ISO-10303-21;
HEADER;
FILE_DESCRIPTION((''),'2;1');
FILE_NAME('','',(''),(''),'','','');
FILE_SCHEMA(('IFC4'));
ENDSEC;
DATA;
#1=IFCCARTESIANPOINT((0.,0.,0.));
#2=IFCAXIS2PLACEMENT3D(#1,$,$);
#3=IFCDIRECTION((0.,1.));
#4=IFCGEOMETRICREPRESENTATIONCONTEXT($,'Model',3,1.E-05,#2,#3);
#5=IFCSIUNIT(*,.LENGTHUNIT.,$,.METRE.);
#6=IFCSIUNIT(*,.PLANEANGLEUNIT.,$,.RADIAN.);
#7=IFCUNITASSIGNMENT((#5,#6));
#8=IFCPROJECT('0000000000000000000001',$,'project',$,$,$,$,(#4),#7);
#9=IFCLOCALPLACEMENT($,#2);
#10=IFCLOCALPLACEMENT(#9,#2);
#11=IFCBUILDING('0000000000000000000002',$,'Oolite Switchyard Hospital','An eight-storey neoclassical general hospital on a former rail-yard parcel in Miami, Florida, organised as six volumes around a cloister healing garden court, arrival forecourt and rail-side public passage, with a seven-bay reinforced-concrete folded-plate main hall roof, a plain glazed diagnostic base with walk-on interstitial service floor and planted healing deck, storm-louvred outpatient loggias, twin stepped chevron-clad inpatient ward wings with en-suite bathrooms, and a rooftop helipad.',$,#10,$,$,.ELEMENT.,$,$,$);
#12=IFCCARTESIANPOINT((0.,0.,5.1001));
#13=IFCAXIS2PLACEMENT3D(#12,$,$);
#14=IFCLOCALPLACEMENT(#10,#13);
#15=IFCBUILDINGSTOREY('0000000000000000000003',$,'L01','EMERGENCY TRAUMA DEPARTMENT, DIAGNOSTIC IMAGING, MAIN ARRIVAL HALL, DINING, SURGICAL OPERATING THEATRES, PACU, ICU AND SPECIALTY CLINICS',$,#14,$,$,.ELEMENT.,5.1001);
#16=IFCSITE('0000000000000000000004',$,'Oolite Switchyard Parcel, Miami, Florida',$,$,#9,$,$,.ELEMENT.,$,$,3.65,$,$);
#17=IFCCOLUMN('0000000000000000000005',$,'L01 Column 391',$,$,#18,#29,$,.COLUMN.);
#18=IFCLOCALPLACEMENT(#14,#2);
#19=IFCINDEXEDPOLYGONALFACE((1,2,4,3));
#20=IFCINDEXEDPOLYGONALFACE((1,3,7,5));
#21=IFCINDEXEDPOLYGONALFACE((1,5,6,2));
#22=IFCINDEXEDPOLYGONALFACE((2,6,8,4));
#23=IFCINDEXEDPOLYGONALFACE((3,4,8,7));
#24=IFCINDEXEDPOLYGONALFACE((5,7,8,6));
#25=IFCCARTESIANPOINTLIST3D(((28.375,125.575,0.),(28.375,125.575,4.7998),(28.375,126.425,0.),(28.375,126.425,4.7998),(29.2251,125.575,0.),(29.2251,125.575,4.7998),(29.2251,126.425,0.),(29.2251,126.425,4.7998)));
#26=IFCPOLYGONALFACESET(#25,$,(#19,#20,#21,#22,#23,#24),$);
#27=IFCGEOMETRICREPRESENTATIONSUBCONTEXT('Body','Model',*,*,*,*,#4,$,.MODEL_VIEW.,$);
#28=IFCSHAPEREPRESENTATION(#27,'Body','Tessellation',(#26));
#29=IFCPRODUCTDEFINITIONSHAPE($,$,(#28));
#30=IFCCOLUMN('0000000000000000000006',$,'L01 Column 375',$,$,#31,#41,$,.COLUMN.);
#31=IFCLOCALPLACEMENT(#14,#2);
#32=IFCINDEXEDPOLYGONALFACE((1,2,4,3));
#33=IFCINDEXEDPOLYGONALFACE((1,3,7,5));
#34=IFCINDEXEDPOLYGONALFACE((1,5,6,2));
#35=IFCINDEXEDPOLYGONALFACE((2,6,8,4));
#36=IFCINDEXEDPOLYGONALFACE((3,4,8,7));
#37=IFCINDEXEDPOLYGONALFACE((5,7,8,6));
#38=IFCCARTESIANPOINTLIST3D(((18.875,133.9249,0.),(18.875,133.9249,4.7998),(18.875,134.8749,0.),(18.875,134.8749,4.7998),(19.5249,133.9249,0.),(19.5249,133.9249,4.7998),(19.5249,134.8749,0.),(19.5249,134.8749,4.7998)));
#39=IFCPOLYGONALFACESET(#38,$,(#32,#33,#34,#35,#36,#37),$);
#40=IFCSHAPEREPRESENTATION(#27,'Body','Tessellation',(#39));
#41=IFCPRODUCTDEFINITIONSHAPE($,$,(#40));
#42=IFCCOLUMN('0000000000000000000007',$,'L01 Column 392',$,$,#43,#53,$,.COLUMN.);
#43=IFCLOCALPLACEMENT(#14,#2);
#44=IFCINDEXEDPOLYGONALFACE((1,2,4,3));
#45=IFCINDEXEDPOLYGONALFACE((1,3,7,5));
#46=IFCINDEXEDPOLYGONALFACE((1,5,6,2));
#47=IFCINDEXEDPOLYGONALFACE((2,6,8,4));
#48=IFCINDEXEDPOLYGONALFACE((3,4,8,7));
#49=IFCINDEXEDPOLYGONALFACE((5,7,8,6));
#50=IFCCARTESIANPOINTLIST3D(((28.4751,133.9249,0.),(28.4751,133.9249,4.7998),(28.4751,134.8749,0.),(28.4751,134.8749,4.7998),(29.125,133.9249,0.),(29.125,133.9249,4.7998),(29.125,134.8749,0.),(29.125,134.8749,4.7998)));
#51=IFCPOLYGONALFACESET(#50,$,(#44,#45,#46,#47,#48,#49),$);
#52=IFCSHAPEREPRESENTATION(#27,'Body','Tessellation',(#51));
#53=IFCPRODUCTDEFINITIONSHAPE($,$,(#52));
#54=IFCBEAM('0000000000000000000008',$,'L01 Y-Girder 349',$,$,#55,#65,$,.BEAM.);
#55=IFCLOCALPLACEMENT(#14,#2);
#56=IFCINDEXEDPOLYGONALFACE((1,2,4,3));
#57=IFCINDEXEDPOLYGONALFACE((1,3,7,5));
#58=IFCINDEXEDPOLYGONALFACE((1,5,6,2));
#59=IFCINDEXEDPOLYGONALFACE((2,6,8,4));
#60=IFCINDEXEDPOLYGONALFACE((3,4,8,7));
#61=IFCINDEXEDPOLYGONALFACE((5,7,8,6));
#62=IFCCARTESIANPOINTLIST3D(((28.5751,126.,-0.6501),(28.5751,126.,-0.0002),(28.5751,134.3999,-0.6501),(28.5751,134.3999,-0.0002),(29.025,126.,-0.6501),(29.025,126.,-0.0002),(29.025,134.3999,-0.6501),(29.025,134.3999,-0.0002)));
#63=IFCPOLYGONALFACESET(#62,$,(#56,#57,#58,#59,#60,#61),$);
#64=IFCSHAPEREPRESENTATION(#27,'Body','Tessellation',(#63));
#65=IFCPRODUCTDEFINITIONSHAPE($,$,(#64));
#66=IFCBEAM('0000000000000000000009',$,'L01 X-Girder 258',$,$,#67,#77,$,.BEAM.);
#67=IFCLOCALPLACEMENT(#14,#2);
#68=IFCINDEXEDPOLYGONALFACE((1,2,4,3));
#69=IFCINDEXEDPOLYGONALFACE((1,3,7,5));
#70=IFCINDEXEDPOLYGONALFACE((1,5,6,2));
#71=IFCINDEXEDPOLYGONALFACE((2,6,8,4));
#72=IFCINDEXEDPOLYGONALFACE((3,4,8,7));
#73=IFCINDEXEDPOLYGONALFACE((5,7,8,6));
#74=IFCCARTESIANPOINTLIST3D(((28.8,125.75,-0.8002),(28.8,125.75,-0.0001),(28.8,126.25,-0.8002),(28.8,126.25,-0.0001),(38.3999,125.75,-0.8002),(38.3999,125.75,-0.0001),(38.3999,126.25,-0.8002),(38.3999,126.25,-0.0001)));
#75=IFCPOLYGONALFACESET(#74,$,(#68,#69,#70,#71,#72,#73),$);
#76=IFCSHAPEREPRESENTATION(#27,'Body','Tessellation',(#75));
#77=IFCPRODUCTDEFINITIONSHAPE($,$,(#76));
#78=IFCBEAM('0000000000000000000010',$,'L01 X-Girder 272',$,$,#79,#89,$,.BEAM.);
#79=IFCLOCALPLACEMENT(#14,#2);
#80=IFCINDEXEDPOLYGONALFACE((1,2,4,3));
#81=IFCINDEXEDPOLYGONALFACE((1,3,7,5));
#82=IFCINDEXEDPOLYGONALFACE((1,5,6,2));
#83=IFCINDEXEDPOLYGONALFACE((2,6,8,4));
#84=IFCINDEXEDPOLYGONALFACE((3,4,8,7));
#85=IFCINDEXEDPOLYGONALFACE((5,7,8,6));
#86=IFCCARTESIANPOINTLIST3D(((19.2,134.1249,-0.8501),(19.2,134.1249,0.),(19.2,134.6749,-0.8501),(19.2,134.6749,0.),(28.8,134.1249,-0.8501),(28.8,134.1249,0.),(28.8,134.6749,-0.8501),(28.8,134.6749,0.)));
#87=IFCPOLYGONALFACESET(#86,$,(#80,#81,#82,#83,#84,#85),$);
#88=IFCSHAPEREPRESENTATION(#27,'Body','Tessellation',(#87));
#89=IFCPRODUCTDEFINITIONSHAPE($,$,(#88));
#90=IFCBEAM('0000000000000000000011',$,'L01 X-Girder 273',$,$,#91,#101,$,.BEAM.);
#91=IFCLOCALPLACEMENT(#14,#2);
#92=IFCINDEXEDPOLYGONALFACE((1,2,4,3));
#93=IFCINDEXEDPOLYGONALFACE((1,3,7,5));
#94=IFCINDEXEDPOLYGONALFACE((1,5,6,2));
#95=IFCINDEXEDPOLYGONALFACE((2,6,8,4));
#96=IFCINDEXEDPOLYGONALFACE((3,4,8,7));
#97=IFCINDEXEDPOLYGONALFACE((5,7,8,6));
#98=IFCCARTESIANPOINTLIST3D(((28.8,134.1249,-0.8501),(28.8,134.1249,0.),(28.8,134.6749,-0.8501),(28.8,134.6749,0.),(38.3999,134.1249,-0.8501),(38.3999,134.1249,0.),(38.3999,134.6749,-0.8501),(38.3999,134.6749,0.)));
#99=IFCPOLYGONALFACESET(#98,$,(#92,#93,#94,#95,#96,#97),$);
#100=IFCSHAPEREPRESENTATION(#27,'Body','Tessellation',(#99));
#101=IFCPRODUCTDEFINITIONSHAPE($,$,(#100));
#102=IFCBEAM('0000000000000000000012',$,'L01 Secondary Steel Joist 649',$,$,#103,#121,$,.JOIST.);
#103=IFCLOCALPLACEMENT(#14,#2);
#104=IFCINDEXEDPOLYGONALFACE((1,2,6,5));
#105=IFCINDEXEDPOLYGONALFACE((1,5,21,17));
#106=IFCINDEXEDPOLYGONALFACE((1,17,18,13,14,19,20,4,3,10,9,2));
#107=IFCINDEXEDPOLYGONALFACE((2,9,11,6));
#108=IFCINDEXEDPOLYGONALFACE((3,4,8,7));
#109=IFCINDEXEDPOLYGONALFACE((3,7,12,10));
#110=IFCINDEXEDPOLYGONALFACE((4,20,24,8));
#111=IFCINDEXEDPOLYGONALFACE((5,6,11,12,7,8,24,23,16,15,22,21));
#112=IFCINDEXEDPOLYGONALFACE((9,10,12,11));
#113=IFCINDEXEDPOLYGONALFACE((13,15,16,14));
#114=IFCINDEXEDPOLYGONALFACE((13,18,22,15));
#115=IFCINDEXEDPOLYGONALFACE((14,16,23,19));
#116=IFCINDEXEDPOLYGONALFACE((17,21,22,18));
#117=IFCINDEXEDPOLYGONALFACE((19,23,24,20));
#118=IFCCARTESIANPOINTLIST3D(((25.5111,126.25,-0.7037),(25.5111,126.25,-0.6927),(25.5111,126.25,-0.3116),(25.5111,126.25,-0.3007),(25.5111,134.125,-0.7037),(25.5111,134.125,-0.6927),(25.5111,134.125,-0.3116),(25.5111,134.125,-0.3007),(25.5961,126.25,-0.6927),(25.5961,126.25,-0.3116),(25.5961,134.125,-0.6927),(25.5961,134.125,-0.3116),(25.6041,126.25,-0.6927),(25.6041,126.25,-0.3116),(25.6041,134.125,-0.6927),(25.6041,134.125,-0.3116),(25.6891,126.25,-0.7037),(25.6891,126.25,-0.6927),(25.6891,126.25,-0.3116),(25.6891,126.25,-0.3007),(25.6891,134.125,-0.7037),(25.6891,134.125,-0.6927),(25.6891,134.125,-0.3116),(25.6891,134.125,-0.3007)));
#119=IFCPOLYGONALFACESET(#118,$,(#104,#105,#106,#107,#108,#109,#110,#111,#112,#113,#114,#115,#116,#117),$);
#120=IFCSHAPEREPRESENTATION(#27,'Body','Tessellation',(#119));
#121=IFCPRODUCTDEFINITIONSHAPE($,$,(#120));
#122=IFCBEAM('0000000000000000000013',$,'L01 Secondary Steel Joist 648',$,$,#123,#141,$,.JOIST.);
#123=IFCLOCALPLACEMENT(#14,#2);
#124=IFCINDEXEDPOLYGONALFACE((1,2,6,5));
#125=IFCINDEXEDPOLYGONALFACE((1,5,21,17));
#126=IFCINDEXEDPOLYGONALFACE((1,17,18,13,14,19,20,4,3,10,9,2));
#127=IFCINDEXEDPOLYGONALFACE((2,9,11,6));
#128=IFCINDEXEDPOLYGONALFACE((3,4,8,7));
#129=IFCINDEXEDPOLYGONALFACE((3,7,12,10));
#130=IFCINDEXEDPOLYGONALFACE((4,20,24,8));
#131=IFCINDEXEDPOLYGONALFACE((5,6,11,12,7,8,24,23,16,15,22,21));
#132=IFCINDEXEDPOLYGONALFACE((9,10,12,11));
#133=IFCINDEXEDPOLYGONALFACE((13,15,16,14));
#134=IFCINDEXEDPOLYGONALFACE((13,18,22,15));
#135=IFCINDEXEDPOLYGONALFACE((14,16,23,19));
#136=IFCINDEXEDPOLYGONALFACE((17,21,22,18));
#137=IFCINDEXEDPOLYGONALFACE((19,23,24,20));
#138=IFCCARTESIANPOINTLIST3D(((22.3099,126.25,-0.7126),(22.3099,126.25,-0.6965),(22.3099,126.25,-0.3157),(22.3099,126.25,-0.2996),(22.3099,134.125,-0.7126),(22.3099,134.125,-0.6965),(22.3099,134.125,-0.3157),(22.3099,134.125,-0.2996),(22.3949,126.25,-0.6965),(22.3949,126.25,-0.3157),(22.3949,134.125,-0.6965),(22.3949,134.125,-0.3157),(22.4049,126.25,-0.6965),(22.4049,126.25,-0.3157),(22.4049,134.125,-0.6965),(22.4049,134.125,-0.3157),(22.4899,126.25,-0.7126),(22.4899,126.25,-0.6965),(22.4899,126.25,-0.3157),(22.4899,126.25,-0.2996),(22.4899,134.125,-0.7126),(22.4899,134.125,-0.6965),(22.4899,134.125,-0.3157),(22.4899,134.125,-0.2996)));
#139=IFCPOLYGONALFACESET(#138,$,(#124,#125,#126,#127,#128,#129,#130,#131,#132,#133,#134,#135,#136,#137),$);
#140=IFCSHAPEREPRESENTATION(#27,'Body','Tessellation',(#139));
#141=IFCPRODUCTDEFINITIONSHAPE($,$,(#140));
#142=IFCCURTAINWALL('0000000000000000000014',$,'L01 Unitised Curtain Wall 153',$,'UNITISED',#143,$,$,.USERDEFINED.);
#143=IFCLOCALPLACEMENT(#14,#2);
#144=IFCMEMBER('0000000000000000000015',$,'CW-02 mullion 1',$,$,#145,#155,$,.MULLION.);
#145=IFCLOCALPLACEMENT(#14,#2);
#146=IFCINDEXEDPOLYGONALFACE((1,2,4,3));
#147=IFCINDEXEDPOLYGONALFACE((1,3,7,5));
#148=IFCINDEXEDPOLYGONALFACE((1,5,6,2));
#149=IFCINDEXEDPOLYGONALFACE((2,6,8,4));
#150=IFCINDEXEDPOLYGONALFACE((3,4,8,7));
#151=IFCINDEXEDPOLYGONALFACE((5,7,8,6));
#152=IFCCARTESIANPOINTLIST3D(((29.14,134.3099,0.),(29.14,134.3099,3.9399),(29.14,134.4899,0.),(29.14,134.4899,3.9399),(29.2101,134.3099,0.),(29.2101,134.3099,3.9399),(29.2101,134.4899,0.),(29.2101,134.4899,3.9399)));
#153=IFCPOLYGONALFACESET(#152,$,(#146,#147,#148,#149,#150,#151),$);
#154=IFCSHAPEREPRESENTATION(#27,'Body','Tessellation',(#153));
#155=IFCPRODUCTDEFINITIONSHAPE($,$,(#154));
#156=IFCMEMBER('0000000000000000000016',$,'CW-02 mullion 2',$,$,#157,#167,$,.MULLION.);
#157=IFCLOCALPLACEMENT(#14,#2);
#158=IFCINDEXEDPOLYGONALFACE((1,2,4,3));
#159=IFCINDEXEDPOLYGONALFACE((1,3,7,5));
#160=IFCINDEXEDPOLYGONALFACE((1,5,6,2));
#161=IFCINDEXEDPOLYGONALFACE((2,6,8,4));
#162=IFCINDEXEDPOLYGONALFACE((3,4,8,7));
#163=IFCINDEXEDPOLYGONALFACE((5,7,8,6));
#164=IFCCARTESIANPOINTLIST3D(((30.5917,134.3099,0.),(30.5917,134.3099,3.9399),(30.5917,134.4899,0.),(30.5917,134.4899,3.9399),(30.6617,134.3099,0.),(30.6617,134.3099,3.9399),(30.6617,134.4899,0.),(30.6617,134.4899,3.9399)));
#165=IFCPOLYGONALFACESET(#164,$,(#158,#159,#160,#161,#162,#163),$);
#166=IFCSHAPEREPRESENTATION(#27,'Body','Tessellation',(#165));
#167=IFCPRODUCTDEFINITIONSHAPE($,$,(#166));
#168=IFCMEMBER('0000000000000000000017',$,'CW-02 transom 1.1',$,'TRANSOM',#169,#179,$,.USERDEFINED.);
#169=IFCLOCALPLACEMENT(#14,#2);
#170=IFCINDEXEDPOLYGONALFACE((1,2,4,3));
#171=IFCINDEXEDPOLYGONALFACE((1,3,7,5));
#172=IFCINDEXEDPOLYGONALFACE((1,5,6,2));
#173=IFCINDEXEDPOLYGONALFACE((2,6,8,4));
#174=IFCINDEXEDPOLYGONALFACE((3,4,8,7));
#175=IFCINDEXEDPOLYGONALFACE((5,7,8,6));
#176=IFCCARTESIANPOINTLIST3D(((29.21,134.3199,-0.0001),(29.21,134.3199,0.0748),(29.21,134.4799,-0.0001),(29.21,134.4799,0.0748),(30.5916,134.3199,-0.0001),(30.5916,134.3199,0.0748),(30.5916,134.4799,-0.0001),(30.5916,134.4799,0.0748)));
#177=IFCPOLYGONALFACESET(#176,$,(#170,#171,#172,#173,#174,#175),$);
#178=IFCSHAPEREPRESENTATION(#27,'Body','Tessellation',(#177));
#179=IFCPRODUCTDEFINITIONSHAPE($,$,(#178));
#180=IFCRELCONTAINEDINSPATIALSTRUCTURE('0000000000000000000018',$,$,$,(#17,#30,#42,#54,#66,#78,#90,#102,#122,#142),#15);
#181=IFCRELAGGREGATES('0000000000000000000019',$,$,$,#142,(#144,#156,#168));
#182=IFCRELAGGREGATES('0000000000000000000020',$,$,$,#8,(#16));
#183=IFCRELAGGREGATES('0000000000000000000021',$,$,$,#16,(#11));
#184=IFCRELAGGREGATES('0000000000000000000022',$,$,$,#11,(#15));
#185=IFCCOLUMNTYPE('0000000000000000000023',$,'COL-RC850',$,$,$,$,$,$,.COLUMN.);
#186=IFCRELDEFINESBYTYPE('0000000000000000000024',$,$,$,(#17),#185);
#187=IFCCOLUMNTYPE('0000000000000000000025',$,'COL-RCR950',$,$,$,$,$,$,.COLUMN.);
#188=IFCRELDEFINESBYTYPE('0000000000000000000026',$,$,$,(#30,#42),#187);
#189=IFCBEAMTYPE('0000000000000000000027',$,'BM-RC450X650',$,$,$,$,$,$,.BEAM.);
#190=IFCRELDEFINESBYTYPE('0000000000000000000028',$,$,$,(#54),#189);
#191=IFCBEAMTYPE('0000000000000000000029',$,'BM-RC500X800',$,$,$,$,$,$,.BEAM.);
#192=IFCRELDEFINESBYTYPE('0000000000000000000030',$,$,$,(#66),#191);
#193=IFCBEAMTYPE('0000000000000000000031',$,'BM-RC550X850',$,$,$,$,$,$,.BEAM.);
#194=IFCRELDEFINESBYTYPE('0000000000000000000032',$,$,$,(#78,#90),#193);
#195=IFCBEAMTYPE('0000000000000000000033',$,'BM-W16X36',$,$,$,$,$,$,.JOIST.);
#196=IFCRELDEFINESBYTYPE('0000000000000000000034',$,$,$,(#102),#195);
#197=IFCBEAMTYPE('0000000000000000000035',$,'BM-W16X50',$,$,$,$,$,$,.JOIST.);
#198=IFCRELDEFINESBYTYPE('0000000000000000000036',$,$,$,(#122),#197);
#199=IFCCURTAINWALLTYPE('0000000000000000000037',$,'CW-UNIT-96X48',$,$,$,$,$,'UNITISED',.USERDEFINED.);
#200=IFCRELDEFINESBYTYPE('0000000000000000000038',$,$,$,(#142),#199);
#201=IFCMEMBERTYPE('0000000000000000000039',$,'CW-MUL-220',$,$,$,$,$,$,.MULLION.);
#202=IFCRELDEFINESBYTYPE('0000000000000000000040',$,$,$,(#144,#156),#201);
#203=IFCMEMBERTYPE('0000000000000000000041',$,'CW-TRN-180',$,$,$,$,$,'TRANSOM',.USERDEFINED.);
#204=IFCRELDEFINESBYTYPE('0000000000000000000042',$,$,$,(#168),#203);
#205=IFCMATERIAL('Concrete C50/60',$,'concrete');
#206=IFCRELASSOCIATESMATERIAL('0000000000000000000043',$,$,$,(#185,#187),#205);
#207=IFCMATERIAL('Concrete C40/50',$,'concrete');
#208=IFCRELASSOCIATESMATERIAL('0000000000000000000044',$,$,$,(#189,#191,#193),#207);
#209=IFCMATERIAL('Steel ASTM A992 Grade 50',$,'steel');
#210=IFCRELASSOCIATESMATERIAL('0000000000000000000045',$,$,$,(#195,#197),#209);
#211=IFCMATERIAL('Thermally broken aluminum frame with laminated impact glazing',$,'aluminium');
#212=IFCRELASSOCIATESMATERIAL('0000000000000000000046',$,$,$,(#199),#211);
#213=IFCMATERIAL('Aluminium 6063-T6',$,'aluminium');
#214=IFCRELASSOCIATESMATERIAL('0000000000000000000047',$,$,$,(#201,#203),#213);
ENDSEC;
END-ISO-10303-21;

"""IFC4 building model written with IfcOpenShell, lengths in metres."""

from ifc_helpers import new_model, si_unit, direction, frame, origin, origin_2d, place, context, subcontext, project, spatial, rectangle, i_section, extrude, material, material_profile, profile_set, type_object, element, aggregate, save


model = new_model("IFC4")

# Units and contexts
model_context = context("Model", 3, precision=1e-05, world=origin(), true_north=direction((0.0, 1.0)))
body_context = subcontext(model_context, "Body", "Model", "MODEL_VIEW")
ifc_project = project(units=[si_unit("LENGTHUNIT", "METRE"), si_unit("PLANEANGLEUNIT", "RADIAN")], contexts=[model_context])

# Site, building, storey
site_placement = place(None, origin())
site = spatial("IfcSite", under=ifc_project, at=site_placement, Name="Oolite Switchyard Parcel, Miami, Florida", CompositionType="ELEMENT", RefElevation=3.65)
building_placement = place(site_placement, origin())
building = spatial("IfcBuilding", under=site, at=building_placement, Name="Oolite Switchyard Hospital", Description="An eight-storey neoclassical general hospital on a former rail-yard parcel in Miami, Florida, organised as six volumes around a cloister healing garden court, arrival forecourt and rail-side public passage, with a seven-bay reinforced-concrete folded-plate main hall roof, a plain glazed diagnostic base with walk-on interstitial service floor and planted healing deck, storm-louvred outpatient loggias, twin stepped chevron-clad inpatient ward wings with en-suite bathrooms, and a rooftop helipad.", CompositionType="ELEMENT")
storey_placement = place(building_placement, frame((0.0, 0.0, 5.1001)))
storey = spatial("IfcBuildingStorey", under=building, at=storey_placement, Name="L01", Description="EMERGENCY TRAUMA DEPARTMENT, DIAGNOSTIC IMAGING, MAIN ARRIVAL HALL, DINING, SURGICAL OPERATING THEATRES, PACU, ICU AND SPECIALTY CLINICS", CompositionType="ELEMENT", Elevation=5.1001)

# Columns
ifc_material_1 = material(Name="Concrete C50/60", Category="concrete")
ifc_material_profile_1 = material_profile(ifc_material_1, rectangle(XDim=0.8501, YDim=0.8501, at=origin_2d()), Name="RC850X850")
ifc_profile_set_1 = profile_set([ifc_material_profile_1], Name="Concrete C50/60")
column_type_1 = type_object("IfcColumnType", Name="COL-RC850", PredefinedType="COLUMN", material=ifc_profile_set_1)
column_placement = place(storey_placement, frame((28.8, 126.0, 0.0), z_axis=(0.0, 0.0, 1.0), x_axis=(1.0, 0.0, 0.0)))
element("IfcColumn", 1, at=column_placement, inside=storey, type_object=column_type_1, Name="L01 Column 391", PredefinedType="COLUMN", context=body_context, shape_type="SweptSolid", body=[
    extrude(rectangle(XDim=0.8501, YDim=0.8501, at=origin_2d()), origin(), (0.0, 0.0, 1.0), 4.7998),
])
ifc_material_profile_2 = material_profile(ifc_material_1, rectangle(XDim=0.95, YDim=0.6499, at=origin_2d()), Name="RC950X650")
ifc_profile_set_2 = profile_set([ifc_material_profile_2], Name="Concrete C50/60")
column_type_2 = type_object("IfcColumnType", Name="COL-RCR950", PredefinedType="COLUMN", material=ifc_profile_set_2)
for number, where, z_axis, x_axis, name in (
    (2, (19.2, 134.3999, 0.0), (0.0, 0.0, 1.0), (0.0, 1.0, 0.0), "L01 Column 375"),
    (3, (28.8, 134.3999, 0.0), (0.0, 0.0, 1.0), (0.0, 1.0, 0.0), "L01 Column 392"),
):
    element("IfcColumn", number, at=place(storey_placement, frame(where, z_axis=z_axis, x_axis=x_axis)), inside=storey, type_object=column_type_2, Name=name, PredefinedType="COLUMN", context=body_context, shape_type="SweptSolid", body=[
        extrude(rectangle(XDim=0.95, YDim=0.6499, at=origin_2d()), origin(), (0.0, 0.0, 1.0), 4.7998),
    ])

# Beams
ifc_material_2 = material(Name="Concrete C40/50", Category="concrete")
ifc_material_profile_3 = material_profile(ifc_material_2, rectangle(XDim=0.45, YDim=0.6499, at=origin_2d()), Name="RCB450X650")
ifc_profile_set_3 = profile_set([ifc_material_profile_3], Name="Concrete C40/50")
beam_type_1 = type_object("IfcBeamType", Name="BM-RC450X650", PredefinedType="BEAM", material=ifc_profile_set_3)
beam_1_placement = place(storey_placement, frame((28.8, 126.0, -0.3252), z_axis=(0.0, 1.0, 0.0), x_axis=(-1.0, 0.0, 0.0)))
element("IfcBeam", 4, at=beam_1_placement, inside=storey, type_object=beam_type_1, Name="L01 Y-Girder 349", PredefinedType="BEAM", context=body_context, shape_type="SweptSolid", body=[
    extrude(rectangle(XDim=0.45, YDim=0.6499, at=origin_2d()), origin(), (0.0, 0.0, 1.0), 8.3999),
])
ifc_material_profile_4 = material_profile(ifc_material_2, rectangle(XDim=0.5, YDim=0.8, at=origin_2d()), Name="RCB500X800")
ifc_profile_set_4 = profile_set([ifc_material_profile_4], Name="Concrete C40/50")
beam_type_2 = type_object("IfcBeamType", Name="BM-RC500X800", PredefinedType="BEAM", material=ifc_profile_set_4)
beam_2_placement = place(storey_placement, frame((28.8, 126.0, -0.4001), z_axis=(1.0, 0.0, 0.0), x_axis=(0.0, 1.0, 0.0)))
element("IfcBeam", 5, at=beam_2_placement, inside=storey, type_object=beam_type_2, Name="L01 X-Girder 258", PredefinedType="BEAM", context=body_context, shape_type="SweptSolid", body=[
    extrude(rectangle(XDim=0.5, YDim=0.8, at=origin_2d()), origin(), (0.0, 0.0, 1.0), 9.5999),
])
ifc_material_profile_5 = material_profile(ifc_material_2, rectangle(XDim=0.55, YDim=0.8501, at=origin_2d()), Name="RCB550X850")
ifc_profile_set_5 = profile_set([ifc_material_profile_5], Name="Concrete C40/50")
beam_type_3 = type_object("IfcBeamType", Name="BM-RC550X850", PredefinedType="BEAM", material=ifc_profile_set_5)
beam_3_placement = place(storey_placement, frame((19.2, 134.3999, -0.425), z_axis=(1.0, 0.0, 0.0), x_axis=(0.0, 1.0, 0.0)))
element("IfcBeam", 6, at=beam_3_placement, inside=storey, type_object=beam_type_3, Name="L01 X-Girder 272", PredefinedType="BEAM", context=body_context, shape_type="SweptSolid", body=[
    extrude(rectangle(XDim=0.55, YDim=0.8501, at=origin_2d()), origin(), (0.0, 0.0, 1.0), 9.6001),
])
beam_4_placement = place(storey_placement, frame((28.8, 134.3999, -0.425), z_axis=(1.0, 0.0, 0.0), x_axis=(0.0, 1.0, 0.0)))
element("IfcBeam", 7, at=beam_4_placement, inside=storey, type_object=beam_type_3, Name="L01 X-Girder 273", PredefinedType="BEAM", context=body_context, shape_type="SweptSolid", body=[
    extrude(rectangle(XDim=0.55, YDim=0.8501, at=origin_2d()), origin(), (0.0, 0.0, 1.0), 9.5999),
])
ifc_material_3 = material(Name="Steel ASTM A992 Grade 50", Category="steel")
ifc_material_profile_6 = material_profile(ifc_material_3, i_section(OverallWidth=0.178, OverallDepth=0.4031, WebThickness=0.0081, FlangeThickness=0.011, at=origin_2d()), Name="W16X36")
ifc_profile_set_6 = profile_set([ifc_material_profile_6], Name="Steel ASTM A992 Grade 50")
beam_type_4 = type_object("IfcBeamType", Name="BM-W16X36", PredefinedType="JOIST", material=ifc_profile_set_6)
beam_5_placement = place(storey_placement, frame((25.6001, 126.25, -0.5022), z_axis=(0.0, 1.0, 0.0), x_axis=(-1.0, 0.0, 0.0)))
element("IfcBeam", 8, at=beam_5_placement, inside=storey, type_object=beam_type_4, Name="L01 Secondary Steel Joist 649", PredefinedType="JOIST", context=body_context, shape_type="SweptSolid", body=[
    extrude(i_section(OverallWidth=0.178, OverallDepth=0.4031, WebThickness=0.0081, FlangeThickness=0.011, at=origin_2d()), origin(), (0.0, 0.0, 1.0), 7.875),
])
ifc_material_profile_7 = material_profile(ifc_material_3, i_section(OverallWidth=0.1799, OverallDepth=0.4131, WebThickness=0.01, FlangeThickness=0.0161, at=origin_2d()), Name="W16X50")
ifc_profile_set_7 = profile_set([ifc_material_profile_7], Name="Steel ASTM A992 Grade 50")
beam_type_5 = type_object("IfcBeamType", Name="BM-W16X50", PredefinedType="JOIST", material=ifc_profile_set_7)
beam_6_placement = place(storey_placement, frame((22.3999, 126.25, -0.5061), z_axis=(0.0, 1.0, 0.0), x_axis=(-1.0, 0.0, 0.0)))
element("IfcBeam", 9, at=beam_6_placement, inside=storey, type_object=beam_type_5, Name="L01 Secondary Steel Joist 648", PredefinedType="JOIST", context=body_context, shape_type="SweptSolid", body=[
    extrude(i_section(OverallWidth=0.1799, OverallDepth=0.4131, WebThickness=0.01, FlangeThickness=0.0161, at=origin_2d()), origin(), (0.0, 0.0, 1.0), 7.875),
])

# Curtain wall, members
ifc_material_4 = material(Name="Thermally broken aluminum frame with laminated impact glazing", Category="aluminium")
curtain_wall_type = type_object("IfcCurtainWallType", Name="CW-UNIT-96X48", ElementType="UNITISED", PredefinedType="USERDEFINED", material=ifc_material_4)
curtain_wall_placement = place(storey_placement, origin())
curtain_wall = element("IfcCurtainWall", 10, at=curtain_wall_placement, inside=storey, type_object=curtain_wall_type, Name="L01 Unitised Curtain Wall 153", ObjectType="UNITISED", PredefinedType="USERDEFINED")
ifc_material_5 = material(Name="Aluminium 6063-T6", Category="aluminium")
ifc_material_profile_8 = material_profile(ifc_material_5, rectangle(XDim=0.1799, YDim=0.0701, at=origin_2d()), Name="CWM70X180")
ifc_profile_set_8 = profile_set([ifc_material_profile_8], Name="Aluminium 6063-T6")
member_type_1 = type_object("IfcMemberType", Name="CW-MUL-220", PredefinedType="MULLION", material=ifc_profile_set_8)
member_1_placement = place(storey_placement, frame((29.175, 134.3999, 0.0), z_axis=(0.0, 0.0, 1.0), x_axis=(0.0, 1.0, 0.0)))
member_1 = element("IfcMember", 11, at=member_1_placement, type_object=member_type_1, Name="CW-02 mullion 1", PredefinedType="MULLION", context=body_context, shape_type="SweptSolid", body=[
    extrude(rectangle(XDim=0.1799, YDim=0.0701, at=origin_2d()), origin(), (0.0, 0.0, 1.0), 3.9399),
])
member_2_placement = place(storey_placement, frame((30.6267, 134.3999, 0.0), z_axis=(0.0, 0.0, 1.0), x_axis=(0.0, 1.0, 0.0)))
member_2 = element("IfcMember", 12, at=member_2_placement, type_object=member_type_1, Name="CW-02 mullion 2", PredefinedType="MULLION", context=body_context, shape_type="SweptSolid", body=[
    extrude(rectangle(XDim=0.1799, YDim=0.0701, at=origin_2d()), origin(), (0.0, 0.0, 1.0), 3.9399),
])
ifc_material_profile_9 = material_profile(ifc_material_5, rectangle(XDim=0.1599, YDim=0.075, at=origin_2d()), Name="CWT75X160")
ifc_profile_set_9 = profile_set([ifc_material_profile_9], Name="Aluminium 6063-T6")
member_type_2 = type_object("IfcMemberType", Name="CW-TRN-180", ElementType="TRANSOM", PredefinedType="USERDEFINED", material=ifc_profile_set_9)
member_3_placement = place(storey_placement, frame((29.21, 134.3999, 0.0374), z_axis=(1.0, 0.0, 0.0), x_axis=(0.0, 1.0, 0.0)))
member_3 = element("IfcMember", 13, at=member_3_placement, type_object=member_type_2, Name="CW-02 transom 1.1", ObjectType="TRANSOM", PredefinedType="USERDEFINED", context=body_context, shape_type="SweptSolid", body=[
    extrude(rectangle(XDim=0.1599, YDim=0.075, at=origin_2d()), origin(), (0.0, 0.0, 1.0), 1.3816),
])
aggregate(curtain_wall, [member_1, member_2, member_3])

save(model, "model.ifc")
